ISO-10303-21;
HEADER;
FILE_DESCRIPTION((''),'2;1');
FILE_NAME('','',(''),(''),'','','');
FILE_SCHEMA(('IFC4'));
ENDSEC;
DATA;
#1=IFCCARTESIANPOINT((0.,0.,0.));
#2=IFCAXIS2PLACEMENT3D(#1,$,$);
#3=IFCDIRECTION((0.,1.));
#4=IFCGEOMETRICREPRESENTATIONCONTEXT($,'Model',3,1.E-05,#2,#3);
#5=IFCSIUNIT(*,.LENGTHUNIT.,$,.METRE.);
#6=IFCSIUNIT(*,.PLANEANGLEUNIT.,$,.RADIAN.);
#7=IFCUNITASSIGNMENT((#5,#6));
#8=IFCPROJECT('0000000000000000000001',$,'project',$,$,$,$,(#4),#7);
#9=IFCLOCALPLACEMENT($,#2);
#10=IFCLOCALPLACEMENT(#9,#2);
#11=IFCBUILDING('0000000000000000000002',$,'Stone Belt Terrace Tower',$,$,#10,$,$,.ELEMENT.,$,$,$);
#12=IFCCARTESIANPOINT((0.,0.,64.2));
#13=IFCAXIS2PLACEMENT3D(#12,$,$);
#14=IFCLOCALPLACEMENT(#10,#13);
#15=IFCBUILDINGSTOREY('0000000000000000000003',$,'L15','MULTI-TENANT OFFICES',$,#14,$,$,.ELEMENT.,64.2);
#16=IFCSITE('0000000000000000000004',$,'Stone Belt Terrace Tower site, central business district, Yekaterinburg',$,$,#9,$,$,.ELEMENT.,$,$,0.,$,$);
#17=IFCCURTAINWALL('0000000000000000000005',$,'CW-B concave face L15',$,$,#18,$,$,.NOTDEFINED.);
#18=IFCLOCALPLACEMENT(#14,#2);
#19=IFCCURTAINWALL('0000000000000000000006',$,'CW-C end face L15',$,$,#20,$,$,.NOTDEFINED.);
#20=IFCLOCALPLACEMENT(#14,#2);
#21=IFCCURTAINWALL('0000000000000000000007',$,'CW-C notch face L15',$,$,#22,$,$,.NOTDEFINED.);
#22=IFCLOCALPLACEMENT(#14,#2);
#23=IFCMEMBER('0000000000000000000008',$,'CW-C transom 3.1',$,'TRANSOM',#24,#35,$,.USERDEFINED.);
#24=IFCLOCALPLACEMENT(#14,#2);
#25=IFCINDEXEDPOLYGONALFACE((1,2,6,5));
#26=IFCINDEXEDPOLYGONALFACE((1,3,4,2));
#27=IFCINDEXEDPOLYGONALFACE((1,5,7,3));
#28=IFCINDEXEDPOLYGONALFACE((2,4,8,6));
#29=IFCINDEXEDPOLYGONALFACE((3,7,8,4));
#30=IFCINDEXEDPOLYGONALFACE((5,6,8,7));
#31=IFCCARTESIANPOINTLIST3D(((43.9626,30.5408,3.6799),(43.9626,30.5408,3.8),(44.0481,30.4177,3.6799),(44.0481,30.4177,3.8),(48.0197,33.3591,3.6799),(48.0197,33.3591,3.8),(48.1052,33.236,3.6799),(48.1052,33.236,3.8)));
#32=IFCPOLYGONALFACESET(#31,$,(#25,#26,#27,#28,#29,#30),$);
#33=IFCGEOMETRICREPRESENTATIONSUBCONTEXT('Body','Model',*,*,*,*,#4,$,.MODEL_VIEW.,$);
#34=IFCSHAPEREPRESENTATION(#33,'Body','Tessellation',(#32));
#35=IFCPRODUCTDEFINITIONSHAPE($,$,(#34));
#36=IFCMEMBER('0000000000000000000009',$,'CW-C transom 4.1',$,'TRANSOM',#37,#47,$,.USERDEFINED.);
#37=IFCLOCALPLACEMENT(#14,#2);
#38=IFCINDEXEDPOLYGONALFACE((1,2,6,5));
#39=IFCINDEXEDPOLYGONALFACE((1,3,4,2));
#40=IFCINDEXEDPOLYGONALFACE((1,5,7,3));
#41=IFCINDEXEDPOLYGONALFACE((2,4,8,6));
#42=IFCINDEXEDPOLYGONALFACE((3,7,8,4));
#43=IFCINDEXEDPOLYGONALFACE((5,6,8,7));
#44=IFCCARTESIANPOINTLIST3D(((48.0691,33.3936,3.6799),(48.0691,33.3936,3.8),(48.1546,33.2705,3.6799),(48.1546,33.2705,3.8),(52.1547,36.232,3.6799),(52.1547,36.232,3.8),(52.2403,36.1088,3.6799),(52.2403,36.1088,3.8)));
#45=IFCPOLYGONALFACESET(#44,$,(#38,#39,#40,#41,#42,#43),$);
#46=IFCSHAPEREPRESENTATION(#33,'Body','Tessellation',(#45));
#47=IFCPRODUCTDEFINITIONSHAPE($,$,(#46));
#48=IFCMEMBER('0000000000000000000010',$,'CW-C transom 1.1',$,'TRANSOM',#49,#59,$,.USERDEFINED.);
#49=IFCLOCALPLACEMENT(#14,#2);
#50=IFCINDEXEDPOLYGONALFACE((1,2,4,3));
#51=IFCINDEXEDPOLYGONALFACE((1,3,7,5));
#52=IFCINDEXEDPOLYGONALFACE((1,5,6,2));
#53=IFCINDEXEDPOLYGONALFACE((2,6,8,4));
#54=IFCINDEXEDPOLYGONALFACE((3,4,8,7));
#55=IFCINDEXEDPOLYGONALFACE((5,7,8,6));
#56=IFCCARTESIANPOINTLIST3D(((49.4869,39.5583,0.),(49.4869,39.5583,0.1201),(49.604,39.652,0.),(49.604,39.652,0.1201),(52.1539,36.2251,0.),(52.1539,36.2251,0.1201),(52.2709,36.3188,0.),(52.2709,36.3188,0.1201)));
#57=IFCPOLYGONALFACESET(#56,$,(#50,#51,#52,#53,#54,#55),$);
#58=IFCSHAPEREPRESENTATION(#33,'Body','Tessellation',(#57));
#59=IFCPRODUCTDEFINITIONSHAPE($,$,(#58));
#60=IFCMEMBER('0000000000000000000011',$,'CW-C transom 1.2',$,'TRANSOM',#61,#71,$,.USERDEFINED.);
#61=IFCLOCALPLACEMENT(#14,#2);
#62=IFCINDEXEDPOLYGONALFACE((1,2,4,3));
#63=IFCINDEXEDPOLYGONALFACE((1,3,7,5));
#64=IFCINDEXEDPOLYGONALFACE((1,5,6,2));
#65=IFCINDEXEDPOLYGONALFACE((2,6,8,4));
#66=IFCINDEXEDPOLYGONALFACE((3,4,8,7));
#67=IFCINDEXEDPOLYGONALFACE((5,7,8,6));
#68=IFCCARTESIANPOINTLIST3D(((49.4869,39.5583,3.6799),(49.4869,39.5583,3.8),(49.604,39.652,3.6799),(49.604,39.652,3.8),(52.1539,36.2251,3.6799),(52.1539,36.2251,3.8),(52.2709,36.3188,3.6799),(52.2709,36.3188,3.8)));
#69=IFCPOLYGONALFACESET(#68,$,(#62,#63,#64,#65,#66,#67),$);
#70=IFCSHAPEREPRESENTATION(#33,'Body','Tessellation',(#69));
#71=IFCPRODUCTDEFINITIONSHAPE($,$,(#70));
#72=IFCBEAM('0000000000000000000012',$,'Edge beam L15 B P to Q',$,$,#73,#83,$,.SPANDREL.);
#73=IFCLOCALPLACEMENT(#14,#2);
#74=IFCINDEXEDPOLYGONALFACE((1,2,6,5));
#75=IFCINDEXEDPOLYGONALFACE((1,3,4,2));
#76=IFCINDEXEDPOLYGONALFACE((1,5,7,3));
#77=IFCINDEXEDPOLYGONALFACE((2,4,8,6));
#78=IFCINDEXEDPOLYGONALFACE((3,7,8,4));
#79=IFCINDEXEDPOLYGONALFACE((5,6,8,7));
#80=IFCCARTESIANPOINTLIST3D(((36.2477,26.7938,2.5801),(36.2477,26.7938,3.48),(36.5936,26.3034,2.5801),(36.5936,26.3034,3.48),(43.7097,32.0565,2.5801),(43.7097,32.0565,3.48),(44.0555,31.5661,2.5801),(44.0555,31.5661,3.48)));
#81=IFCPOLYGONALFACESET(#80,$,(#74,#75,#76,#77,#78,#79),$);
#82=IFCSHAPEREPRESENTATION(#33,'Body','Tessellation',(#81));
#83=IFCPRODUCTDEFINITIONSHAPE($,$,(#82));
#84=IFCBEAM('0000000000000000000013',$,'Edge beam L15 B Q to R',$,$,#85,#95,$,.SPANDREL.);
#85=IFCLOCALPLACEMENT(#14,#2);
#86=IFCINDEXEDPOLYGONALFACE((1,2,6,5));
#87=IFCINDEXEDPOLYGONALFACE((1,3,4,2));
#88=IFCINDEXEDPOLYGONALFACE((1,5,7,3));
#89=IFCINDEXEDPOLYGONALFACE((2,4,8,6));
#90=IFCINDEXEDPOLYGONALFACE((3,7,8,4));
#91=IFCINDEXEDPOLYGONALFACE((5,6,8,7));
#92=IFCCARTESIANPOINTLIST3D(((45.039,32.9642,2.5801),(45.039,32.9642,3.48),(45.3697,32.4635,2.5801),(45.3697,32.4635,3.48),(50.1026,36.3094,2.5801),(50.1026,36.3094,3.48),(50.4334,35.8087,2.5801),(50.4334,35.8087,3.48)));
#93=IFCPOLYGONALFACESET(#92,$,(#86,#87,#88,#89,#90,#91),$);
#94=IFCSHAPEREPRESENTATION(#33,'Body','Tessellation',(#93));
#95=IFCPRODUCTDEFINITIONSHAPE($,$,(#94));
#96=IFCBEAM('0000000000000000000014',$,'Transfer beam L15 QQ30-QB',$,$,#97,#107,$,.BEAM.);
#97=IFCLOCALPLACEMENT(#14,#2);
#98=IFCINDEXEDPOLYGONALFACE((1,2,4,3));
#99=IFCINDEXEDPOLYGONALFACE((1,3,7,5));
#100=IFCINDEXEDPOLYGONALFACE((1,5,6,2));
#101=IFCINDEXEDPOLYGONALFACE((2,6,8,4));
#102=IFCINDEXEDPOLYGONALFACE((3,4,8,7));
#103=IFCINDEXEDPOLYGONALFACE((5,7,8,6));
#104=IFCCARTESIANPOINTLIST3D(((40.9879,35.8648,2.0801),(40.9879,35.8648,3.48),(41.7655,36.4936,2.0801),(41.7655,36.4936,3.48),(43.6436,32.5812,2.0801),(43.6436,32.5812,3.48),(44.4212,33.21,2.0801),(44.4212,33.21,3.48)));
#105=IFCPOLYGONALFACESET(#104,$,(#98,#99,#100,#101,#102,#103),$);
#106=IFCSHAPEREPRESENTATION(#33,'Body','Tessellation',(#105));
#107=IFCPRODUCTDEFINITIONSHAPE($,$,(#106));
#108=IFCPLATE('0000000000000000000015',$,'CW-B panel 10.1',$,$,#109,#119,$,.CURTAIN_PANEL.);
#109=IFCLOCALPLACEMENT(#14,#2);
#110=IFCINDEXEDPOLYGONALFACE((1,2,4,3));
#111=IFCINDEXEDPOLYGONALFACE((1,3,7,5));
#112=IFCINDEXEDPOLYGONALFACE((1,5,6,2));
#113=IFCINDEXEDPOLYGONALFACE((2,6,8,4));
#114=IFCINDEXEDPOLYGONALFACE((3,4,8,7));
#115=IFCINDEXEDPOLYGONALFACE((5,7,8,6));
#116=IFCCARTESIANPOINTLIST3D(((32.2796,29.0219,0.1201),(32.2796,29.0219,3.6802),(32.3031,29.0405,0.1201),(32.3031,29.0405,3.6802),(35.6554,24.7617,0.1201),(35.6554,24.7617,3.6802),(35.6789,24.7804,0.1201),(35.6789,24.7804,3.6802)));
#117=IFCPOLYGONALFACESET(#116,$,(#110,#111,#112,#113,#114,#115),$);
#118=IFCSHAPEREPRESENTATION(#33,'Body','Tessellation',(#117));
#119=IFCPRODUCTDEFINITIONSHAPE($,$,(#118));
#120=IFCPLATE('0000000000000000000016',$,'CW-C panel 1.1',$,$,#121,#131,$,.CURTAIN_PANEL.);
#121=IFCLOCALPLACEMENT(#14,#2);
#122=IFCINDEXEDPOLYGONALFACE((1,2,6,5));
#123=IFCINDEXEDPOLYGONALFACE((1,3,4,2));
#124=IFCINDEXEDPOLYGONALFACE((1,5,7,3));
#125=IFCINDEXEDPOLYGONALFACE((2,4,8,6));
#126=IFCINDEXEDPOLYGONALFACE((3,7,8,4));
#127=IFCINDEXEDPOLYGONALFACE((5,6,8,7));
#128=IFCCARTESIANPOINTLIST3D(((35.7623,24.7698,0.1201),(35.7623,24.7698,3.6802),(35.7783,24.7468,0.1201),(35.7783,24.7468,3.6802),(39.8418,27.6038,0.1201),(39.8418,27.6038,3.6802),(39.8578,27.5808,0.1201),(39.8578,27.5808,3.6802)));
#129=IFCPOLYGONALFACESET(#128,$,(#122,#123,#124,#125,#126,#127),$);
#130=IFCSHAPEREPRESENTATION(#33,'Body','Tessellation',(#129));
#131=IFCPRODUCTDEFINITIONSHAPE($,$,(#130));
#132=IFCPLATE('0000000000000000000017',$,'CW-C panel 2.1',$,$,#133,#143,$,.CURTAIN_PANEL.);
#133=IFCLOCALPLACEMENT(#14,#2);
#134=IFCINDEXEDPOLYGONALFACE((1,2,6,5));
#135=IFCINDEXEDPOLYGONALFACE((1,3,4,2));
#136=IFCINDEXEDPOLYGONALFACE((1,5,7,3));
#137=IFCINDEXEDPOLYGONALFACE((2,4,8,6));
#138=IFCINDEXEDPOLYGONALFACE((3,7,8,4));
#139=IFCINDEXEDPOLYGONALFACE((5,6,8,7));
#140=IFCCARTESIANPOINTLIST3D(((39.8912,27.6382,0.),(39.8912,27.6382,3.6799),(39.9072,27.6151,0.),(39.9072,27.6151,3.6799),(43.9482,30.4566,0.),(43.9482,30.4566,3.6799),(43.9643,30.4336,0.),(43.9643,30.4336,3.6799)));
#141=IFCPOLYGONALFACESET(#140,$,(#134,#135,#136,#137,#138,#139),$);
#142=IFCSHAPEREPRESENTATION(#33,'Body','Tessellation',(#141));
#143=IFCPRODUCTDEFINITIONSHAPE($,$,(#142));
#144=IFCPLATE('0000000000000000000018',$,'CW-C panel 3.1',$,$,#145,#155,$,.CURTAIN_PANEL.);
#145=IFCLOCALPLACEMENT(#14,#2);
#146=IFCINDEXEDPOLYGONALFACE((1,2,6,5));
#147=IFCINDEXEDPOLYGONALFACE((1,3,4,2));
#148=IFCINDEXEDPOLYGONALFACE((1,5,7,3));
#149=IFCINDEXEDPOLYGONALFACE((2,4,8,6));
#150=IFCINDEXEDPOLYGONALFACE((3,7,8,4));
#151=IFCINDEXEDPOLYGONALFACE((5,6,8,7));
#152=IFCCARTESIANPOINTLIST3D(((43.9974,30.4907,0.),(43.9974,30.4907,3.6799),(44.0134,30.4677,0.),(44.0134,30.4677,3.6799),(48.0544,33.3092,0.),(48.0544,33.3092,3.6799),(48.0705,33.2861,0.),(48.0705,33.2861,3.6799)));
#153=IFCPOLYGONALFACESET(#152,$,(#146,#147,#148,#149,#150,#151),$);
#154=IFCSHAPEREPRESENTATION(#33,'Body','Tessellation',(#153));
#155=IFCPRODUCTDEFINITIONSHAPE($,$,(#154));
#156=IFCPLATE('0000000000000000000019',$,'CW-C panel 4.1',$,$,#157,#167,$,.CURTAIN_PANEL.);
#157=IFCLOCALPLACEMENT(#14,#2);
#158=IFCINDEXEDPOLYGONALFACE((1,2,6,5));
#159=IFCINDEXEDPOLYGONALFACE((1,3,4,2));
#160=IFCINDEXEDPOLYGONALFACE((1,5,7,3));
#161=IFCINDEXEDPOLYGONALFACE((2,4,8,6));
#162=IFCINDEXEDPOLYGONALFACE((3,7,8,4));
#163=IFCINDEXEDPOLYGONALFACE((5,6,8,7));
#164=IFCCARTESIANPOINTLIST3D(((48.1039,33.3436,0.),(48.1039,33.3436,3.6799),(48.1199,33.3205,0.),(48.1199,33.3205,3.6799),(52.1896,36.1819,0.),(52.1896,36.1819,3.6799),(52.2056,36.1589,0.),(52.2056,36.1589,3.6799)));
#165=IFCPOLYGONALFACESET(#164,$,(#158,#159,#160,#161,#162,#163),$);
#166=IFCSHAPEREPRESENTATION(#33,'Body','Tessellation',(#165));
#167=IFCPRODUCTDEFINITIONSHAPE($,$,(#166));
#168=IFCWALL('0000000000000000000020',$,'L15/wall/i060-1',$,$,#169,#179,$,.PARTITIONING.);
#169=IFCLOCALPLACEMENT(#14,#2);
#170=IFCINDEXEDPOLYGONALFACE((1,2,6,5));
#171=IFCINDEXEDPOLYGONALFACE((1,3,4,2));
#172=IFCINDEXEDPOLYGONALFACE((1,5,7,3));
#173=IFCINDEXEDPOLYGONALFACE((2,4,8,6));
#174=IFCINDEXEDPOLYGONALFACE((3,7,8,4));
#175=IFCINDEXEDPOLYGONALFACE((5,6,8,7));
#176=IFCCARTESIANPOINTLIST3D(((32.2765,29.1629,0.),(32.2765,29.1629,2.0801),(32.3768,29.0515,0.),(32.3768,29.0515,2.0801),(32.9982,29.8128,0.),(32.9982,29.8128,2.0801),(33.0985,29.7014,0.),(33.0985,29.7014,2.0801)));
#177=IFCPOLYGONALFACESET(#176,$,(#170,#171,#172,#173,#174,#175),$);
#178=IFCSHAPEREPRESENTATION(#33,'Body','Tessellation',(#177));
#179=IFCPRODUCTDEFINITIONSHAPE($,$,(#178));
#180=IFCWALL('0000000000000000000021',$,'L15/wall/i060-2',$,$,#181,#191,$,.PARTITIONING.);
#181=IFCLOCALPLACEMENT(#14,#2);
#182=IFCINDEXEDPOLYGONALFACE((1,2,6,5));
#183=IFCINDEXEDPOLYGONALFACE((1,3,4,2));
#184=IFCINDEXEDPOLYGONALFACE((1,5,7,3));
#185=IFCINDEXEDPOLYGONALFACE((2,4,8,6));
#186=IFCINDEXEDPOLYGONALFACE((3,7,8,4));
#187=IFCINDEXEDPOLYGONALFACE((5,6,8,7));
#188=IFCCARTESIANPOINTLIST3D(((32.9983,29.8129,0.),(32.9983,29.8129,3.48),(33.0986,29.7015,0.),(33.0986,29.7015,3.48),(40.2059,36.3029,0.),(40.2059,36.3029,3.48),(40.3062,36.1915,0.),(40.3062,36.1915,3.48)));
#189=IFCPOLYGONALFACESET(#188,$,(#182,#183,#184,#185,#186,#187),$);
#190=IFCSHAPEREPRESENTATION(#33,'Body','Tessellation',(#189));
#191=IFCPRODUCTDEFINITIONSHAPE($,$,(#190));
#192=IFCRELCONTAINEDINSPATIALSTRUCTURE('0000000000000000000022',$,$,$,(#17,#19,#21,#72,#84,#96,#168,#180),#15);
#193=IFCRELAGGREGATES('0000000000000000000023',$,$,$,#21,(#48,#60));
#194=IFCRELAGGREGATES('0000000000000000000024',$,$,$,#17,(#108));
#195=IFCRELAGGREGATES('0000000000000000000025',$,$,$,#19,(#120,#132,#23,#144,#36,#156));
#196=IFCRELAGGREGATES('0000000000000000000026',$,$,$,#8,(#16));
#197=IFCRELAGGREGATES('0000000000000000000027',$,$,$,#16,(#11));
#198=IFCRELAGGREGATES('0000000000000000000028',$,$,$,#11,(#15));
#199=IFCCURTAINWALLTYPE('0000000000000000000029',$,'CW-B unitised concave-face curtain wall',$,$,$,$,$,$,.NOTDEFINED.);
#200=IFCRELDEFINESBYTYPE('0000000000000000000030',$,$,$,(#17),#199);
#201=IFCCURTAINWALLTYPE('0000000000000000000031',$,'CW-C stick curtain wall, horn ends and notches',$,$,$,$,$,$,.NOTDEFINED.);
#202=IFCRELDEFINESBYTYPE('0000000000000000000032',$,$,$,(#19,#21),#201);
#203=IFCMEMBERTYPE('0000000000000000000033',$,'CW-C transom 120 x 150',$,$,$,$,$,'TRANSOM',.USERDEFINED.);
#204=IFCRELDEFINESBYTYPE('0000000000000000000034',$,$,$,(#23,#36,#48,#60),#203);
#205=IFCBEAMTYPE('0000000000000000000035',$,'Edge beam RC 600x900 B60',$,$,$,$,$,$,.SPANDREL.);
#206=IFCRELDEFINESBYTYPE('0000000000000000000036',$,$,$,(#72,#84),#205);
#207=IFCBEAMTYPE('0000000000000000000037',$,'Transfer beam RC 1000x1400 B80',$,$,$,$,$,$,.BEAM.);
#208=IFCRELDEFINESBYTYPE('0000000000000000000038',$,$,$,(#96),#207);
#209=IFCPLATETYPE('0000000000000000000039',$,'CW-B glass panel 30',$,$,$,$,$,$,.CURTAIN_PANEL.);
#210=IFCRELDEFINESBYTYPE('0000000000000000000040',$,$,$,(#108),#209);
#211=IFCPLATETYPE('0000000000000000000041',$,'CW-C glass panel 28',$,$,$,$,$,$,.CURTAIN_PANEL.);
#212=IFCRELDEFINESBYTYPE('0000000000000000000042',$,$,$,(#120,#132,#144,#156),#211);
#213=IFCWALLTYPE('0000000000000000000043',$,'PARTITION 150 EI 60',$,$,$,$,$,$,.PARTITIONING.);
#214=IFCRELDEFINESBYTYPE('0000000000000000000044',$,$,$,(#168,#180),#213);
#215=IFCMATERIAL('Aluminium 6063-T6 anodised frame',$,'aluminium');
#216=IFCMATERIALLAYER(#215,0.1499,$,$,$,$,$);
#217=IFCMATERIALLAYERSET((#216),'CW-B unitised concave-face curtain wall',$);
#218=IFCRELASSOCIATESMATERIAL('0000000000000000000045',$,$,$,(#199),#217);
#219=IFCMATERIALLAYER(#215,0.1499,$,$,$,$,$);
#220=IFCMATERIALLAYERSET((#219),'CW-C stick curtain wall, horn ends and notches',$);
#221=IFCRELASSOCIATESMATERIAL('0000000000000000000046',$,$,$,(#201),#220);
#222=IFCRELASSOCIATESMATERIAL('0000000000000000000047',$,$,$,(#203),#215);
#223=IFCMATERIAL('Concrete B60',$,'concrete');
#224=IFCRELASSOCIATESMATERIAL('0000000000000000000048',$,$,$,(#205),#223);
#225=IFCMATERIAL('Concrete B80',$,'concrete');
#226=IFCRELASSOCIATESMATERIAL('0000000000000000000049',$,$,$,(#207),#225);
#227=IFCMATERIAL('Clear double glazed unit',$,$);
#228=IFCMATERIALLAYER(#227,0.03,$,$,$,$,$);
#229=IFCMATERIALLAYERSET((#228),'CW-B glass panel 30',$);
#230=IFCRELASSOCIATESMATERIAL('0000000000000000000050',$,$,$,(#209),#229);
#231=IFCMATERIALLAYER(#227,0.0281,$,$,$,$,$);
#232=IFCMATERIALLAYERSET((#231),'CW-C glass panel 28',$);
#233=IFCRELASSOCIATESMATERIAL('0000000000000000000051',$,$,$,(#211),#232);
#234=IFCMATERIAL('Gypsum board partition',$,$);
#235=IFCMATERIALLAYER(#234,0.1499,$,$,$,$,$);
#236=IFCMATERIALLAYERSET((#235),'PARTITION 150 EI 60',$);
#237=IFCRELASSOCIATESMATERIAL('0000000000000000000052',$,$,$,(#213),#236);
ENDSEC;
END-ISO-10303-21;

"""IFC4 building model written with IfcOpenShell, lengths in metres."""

from ifc_helpers import new_model, si_unit, direction, frame, frame_2d, origin, origin_2d, place, context, subcontext, project, spatial, rectangle, extrude, material, layer, layer_set, material_profile, profile_set, type_object, element, aggregate, save


model = new_model("IFC4")

# Units and contexts
model_context = context("Model", 3, precision=1e-05, world=origin(), true_north=direction((0.0, 1.0)))
body_context = subcontext(model_context, "Body", "Model", "MODEL_VIEW")
ifc_project = project(units=[si_unit("LENGTHUNIT", "METRE"), si_unit("PLANEANGLEUNIT", "RADIAN")], contexts=[model_context])

# Site, building, storey
site_placement = place(None, origin())
site = spatial("IfcSite", under=ifc_project, at=site_placement, Name="Stone Belt Terrace Tower site, central business district, Yekaterinburg", CompositionType="ELEMENT", RefElevation=0.0)
building_placement = place(site_placement, origin())
building = spatial("IfcBuilding", under=site, at=building_placement, Name="Stone Belt Terrace Tower", CompositionType="ELEMENT")
storey_placement = place(building_placement, frame((0.0, 0.0, 64.2)))
storey = spatial("IfcBuildingStorey", under=building, at=storey_placement, Name="L15", Description="MULTI-TENANT OFFICES", CompositionType="ELEMENT", Elevation=64.2)

# Shared definitions
ifc_material_1 = material(Name="Concrete B80", Category="concrete")

# Curtain walls
ifc_material_2 = material(Name="Aluminium 6063-T6 anodised frame", Category="aluminium")
ifc_layer_1 = layer(ifc_material_2, 0.1499)
ifc_layer_set_1 = layer_set([ifc_layer_1], Name="CW-B unitised concave-face curtain wall")
curtain_wall_type_1 = type_object("IfcCurtainWallType", Name="CW-B unitised concave-face curtain wall", PredefinedType="NOTDEFINED", material=ifc_layer_set_1)
curtain_wall_1_placement = place(storey_placement, origin())
curtain_wall_1 = element("IfcCurtainWall", 1, at=curtain_wall_1_placement, inside=storey, type_object=curtain_wall_type_1, Name="CW-B concave face L15", PredefinedType="NOTDEFINED")
ifc_layer_2 = layer(ifc_material_2, 0.1499)
ifc_layer_set_2 = layer_set([ifc_layer_2], Name="CW-C stick curtain wall, horn ends and notches")
curtain_wall_type_2 = type_object("IfcCurtainWallType", Name="CW-C stick curtain wall, horn ends and notches", PredefinedType="NOTDEFINED", material=ifc_layer_set_2)
curtain_wall_2_placement = place(storey_placement, origin())
curtain_wall_2 = element("IfcCurtainWall", 2, at=curtain_wall_2_placement, inside=storey, type_object=curtain_wall_type_2, Name="CW-C end face L15", PredefinedType="NOTDEFINED")

# Curtain wall
curtain_wall_3_placement = place(storey_placement, origin())
curtain_wall_3 = element("IfcCurtainWall", 3, at=curtain_wall_3_placement, inside=storey, type_object=curtain_wall_type_2, Name="CW-C notch face L15", PredefinedType="NOTDEFINED")

# Members
ifc_material_profile_1 = material_profile(ifc_material_2, rectangle(XDim=0.1499, YDim=0.1201, at=origin_2d()), Name="Aluminium 6063-T6 150x120")
ifc_profile_set_1 = profile_set([ifc_material_profile_1], Name="Aluminium 6063-T6 anodised frame")
member_type_1 = type_object("IfcMemberType", Name="CW-C transom 120 x 150", ElementType="TRANSOM", PredefinedType="USERDEFINED", material=ifc_profile_set_1)
member_1_placement = place(storey_placement, frame((44.0054, 30.4792, 3.74), z_axis=(0.821284, 0.57052, 0.0), x_axis=(-0.57052, 0.821284, 0.0)))
member_1 = element("IfcMember", 4, at=member_1_placement, type_object=member_type_1, Name="CW-C transom 3.1", ObjectType="TRANSOM", PredefinedType="USERDEFINED", context=body_context, shape_type="SweptSolid", body=[
    extrude(rectangle(XDim=0.1499, YDim=0.1201, at=origin_2d()), origin(), (0.0, 0.0, 1.0), 4.9399),
])
member_2_placement = place(storey_placement, frame((48.1118, 33.332, 3.74), z_axis=(0.821267, 0.570544, 0.0), x_axis=(-0.570544, 0.821267, 0.0)))
member_2 = element("IfcMember", 5, at=member_2_placement, type_object=member_type_1, Name="CW-C transom 4.1", ObjectType="TRANSOM", PredefinedType="USERDEFINED", context=body_context, shape_type="SweptSolid", body=[
    extrude(rectangle(XDim=0.1499, YDim=0.1201, at=origin_2d()), origin(), (0.0, 0.0, 1.0), 4.9749),
])
member_3_placement = place(storey_placement, frame((52.2124, 36.272, 0.0601), z_axis=(-0.624751, 0.780824, 0.0), x_axis=(-0.780824, -0.624751, 0.0)))
member_3 = element("IfcMember", 6, at=member_3_placement, type_object=member_type_1, Name="CW-C transom 1.1", ObjectType="TRANSOM", PredefinedType="USERDEFINED", context=body_context, shape_type="SweptSolid", body=[
    extrude(rectangle(XDim=0.1499, YDim=0.1201, at=origin_2d()), origin(), (0.0, 0.0, 1.0), 4.2688),
])
member_4_placement = place(storey_placement, frame((52.2124, 36.272, 3.74), z_axis=(-0.624751, 0.780824, 0.0), x_axis=(-0.780824, -0.624751, 0.0)))
member_4 = element("IfcMember", 7, at=member_4_placement, type_object=member_type_1, Name="CW-C transom 1.2", ObjectType="TRANSOM", PredefinedType="USERDEFINED", context=body_context, shape_type="SweptSolid", body=[
    extrude(rectangle(XDim=0.1499, YDim=0.1201, at=origin_2d()), origin(), (0.0, 0.0, 1.0), 4.2688),
])
aggregate(curtain_wall_3, [member_3, member_4])

# Beams
ifc_material_3 = material(Name="Concrete B60", Category="concrete")
ifc_material_profile_2 = material_profile(ifc_material_3, rectangle(XDim=0.6001, YDim=0.8999, at=origin_2d()), Name="RC 600x900")
ifc_profile_set_2 = profile_set([ifc_material_profile_2], Name="Concrete B60")
beam_type_1 = type_object("IfcBeamType", Name="Edge beam RC 600x900 B60", PredefinedType="SPANDREL", material=ifc_profile_set_2)
beam_1_placement = place(storey_placement, frame((36.4207, 26.5486, 3.03), z_axis=(0.817202, 0.576351, 0.0), x_axis=(-0.576351, 0.817202, 0.0)))
element("IfcBeam", 8, at=beam_1_placement, inside=storey, type_object=beam_type_1, Name="Edge beam L15 B P to Q", PredefinedType="SPANDREL", context=body_context, shape_type="SweptSolid", body=[
    extrude(rectangle(XDim=0.6001, YDim=0.8999, at=origin_2d()), origin(), (0.0, 0.0, 1.0), 9.1311),
])
beam_2_placement = place(storey_placement, frame((45.2043, 32.7139, 3.03), z_axis=(0.83437, 0.551205, 0.0), x_axis=(-0.551205, 0.83437, 0.0)))
element("IfcBeam", 9, at=beam_2_placement, inside=storey, type_object=beam_type_1, Name="Edge beam L15 B Q to R", PredefinedType="SPANDREL", context=body_context, shape_type="SweptSolid", body=[
    extrude(rectangle(XDim=0.6001, YDim=0.8999, at=origin_2d()), origin(), (0.0, 0.0, 1.0), 6.0688),
])
ifc_material_profile_3 = material_profile(ifc_material_1, rectangle(XDim=1.0, YDim=1.3999, at=origin_2d()), Name="RC 1000x1400")
ifc_profile_set_3 = profile_set([ifc_material_profile_3], Name="Concrete B80")
beam_type_2 = type_object("IfcBeamType", Name="Transfer beam RC 1000x1400 B80", PredefinedType="BEAM", material=ifc_profile_set_3)
beam_3_placement = place(storey_placement, frame((41.3767, 36.1792, 2.78), z_axis=(0.628846, -0.77753, 0.0), x_axis=(0.77753, 0.628846, 0.0)))
element("IfcBeam", 10, at=beam_3_placement, inside=storey, type_object=beam_type_2, Name="Transfer beam L15 QQ30-QB", PredefinedType="BEAM", context=body_context, shape_type="SweptSolid", body=[
    extrude(rectangle(XDim=1.0, YDim=1.3999, at=origin_2d()), origin(), (0.0, 0.0, 1.0), 4.2231),
])

# Plates
ifc_material_4 = material(Name="Clear double glazed unit")
ifc_layer_3 = layer(ifc_material_4, 0.03)
ifc_layer_set_3 = layer_set([ifc_layer_3], Name="CW-B glass panel 30")
plate_type_1 = type_object("IfcPlateType", Name="CW-B glass panel 30", PredefinedType="CURTAIN_PANEL", material=ifc_layer_set_3)
plate_1_placement = place(storey_placement, frame((33.9792, 26.9011, 0.1201), z_axis=(0.0, 0.0, 1.0), x_axis=(0.621064, -0.78376, 0.0)))
plate_1 = element("IfcPlate", 11, at=plate_1_placement, type_object=plate_type_1, Name="CW-B panel 10.1", PredefinedType="CURTAIN_PANEL", context=body_context, shape_type="SweptSolid", body=[
    extrude(rectangle(XDim=5.4355, YDim=0.03, at=origin_2d()), origin(), (0.0, 0.0, 1.0), 3.5601),
])
aggregate(curtain_wall_1, [plate_1])
ifc_layer_4 = layer(ifc_material_4, 0.0281)
ifc_layer_set_4 = layer_set([ifc_layer_4], Name="CW-C glass panel 28")
plate_type_2 = type_object("IfcPlateType", Name="CW-C glass panel 28", PredefinedType="CURTAIN_PANEL", material=ifc_layer_set_4)
plate_2_placement = place(storey_placement, frame((37.8101, 26.1753, 0.1201), z_axis=(0.0, 0.0, 1.0), x_axis=(0.821272, 0.570537, 0.0)))
plate_2 = element("IfcPlate", 12, at=plate_2_placement, type_object=plate_type_2, Name="CW-C panel 1.1", PredefinedType="CURTAIN_PANEL", context=body_context, shape_type="SweptSolid", body=[
    extrude(rectangle(XDim=4.9673, YDim=0.0281, at=origin_2d()), origin(), (0.0, 0.0, 1.0), 3.5601),
])
plate_3_placement = place(storey_placement, frame((41.9277, 29.0359, 0.0), z_axis=(0.0, 0.0, 1.0), x_axis=(0.821272, 0.570537, 0.0)))
plate_3 = element("IfcPlate", 13, at=plate_3_placement, type_object=plate_type_2, Name="CW-C panel 2.1", PredefinedType="CURTAIN_PANEL", context=body_context, shape_type="SweptSolid", body=[
    extrude(rectangle(XDim=4.9399, YDim=0.0281, at=origin_2d()), origin(), (0.0, 0.0, 1.0), 3.6799),
])
plate_4_placement = place(storey_placement, frame((46.0339, 31.8884, 0.0), z_axis=(0.0, 0.0, 1.0), x_axis=(0.821272, 0.570537, 0.0)))
plate_4 = element("IfcPlate", 14, at=plate_4_placement, type_object=plate_type_2, Name="CW-C panel 3.1", PredefinedType="CURTAIN_PANEL", context=body_context, shape_type="SweptSolid", body=[
    extrude(rectangle(XDim=4.9399, YDim=0.0281, at=origin_2d()), origin(), (0.0, 0.0, 1.0), 3.6799),
])
plate_5_placement = place(storey_placement, frame((50.1548, 34.7512, 0.0), z_axis=(0.0, 0.0, 1.0), x_axis=(0.821272, 0.570537, 0.0)))
plate_5 = element("IfcPlate", 15, at=plate_5_placement, type_object=plate_type_2, Name="CW-C panel 4.1", PredefinedType="CURTAIN_PANEL", context=body_context, shape_type="SweptSolid", body=[
    extrude(rectangle(XDim=4.9749, YDim=0.0281, at=origin_2d()), origin(), (0.0, 0.0, 1.0), 3.6799),
])
aggregate(curtain_wall_2, [plate_2, plate_3, member_1, plate_4, member_2, plate_5])

# Walls
ifc_material_5 = material(Name="Gypsum board partition")
ifc_layer_5 = layer(ifc_material_5, 0.1499)
ifc_layer_set_5 = layer_set([ifc_layer_5], Name="PARTITION 150 EI 60")
wall_type_1 = type_object("IfcWallType", Name="PARTITION 150 EI 60", PredefinedType="PARTITIONING", material=ifc_layer_set_5)
wall_1_placement = place(storey_placement, frame((32.3267, 29.1072, 0.0), z_axis=(0.0, 0.0, 1.0), x_axis=(0.743094, 0.669187, 0.0)))
element("IfcWall", 16, at=wall_1_placement, inside=storey, type_object=wall_type_1, Name="L15/wall/i060-1", PredefinedType="PARTITIONING", context=body_context, shape_type="SweptSolid", body=[
    extrude(rectangle(XDim=0.9712, YDim=0.1499, at=frame_2d((0.4856, 0.0))), origin(), (0.0, 0.0, 1.0), 2.0801),
])
wall_2_placement = place(storey_placement, frame((33.0483, 29.7571, 0.0), z_axis=(0.0, 0.0, 1.0), x_axis=(0.743129, 0.669148, 0.0)))
element("IfcWall", 17, at=wall_2_placement, inside=storey, type_object=wall_type_1, Name="L15/wall/i060-2", PredefinedType="PARTITIONING", context=body_context, shape_type="SweptSolid", body=[
    extrude(rectangle(XDim=9.699, YDim=0.1499, at=frame_2d((4.8496, 0.0))), origin(), (0.0, 0.0, 1.0), 3.48),
])

save(model, "model.ifc")
